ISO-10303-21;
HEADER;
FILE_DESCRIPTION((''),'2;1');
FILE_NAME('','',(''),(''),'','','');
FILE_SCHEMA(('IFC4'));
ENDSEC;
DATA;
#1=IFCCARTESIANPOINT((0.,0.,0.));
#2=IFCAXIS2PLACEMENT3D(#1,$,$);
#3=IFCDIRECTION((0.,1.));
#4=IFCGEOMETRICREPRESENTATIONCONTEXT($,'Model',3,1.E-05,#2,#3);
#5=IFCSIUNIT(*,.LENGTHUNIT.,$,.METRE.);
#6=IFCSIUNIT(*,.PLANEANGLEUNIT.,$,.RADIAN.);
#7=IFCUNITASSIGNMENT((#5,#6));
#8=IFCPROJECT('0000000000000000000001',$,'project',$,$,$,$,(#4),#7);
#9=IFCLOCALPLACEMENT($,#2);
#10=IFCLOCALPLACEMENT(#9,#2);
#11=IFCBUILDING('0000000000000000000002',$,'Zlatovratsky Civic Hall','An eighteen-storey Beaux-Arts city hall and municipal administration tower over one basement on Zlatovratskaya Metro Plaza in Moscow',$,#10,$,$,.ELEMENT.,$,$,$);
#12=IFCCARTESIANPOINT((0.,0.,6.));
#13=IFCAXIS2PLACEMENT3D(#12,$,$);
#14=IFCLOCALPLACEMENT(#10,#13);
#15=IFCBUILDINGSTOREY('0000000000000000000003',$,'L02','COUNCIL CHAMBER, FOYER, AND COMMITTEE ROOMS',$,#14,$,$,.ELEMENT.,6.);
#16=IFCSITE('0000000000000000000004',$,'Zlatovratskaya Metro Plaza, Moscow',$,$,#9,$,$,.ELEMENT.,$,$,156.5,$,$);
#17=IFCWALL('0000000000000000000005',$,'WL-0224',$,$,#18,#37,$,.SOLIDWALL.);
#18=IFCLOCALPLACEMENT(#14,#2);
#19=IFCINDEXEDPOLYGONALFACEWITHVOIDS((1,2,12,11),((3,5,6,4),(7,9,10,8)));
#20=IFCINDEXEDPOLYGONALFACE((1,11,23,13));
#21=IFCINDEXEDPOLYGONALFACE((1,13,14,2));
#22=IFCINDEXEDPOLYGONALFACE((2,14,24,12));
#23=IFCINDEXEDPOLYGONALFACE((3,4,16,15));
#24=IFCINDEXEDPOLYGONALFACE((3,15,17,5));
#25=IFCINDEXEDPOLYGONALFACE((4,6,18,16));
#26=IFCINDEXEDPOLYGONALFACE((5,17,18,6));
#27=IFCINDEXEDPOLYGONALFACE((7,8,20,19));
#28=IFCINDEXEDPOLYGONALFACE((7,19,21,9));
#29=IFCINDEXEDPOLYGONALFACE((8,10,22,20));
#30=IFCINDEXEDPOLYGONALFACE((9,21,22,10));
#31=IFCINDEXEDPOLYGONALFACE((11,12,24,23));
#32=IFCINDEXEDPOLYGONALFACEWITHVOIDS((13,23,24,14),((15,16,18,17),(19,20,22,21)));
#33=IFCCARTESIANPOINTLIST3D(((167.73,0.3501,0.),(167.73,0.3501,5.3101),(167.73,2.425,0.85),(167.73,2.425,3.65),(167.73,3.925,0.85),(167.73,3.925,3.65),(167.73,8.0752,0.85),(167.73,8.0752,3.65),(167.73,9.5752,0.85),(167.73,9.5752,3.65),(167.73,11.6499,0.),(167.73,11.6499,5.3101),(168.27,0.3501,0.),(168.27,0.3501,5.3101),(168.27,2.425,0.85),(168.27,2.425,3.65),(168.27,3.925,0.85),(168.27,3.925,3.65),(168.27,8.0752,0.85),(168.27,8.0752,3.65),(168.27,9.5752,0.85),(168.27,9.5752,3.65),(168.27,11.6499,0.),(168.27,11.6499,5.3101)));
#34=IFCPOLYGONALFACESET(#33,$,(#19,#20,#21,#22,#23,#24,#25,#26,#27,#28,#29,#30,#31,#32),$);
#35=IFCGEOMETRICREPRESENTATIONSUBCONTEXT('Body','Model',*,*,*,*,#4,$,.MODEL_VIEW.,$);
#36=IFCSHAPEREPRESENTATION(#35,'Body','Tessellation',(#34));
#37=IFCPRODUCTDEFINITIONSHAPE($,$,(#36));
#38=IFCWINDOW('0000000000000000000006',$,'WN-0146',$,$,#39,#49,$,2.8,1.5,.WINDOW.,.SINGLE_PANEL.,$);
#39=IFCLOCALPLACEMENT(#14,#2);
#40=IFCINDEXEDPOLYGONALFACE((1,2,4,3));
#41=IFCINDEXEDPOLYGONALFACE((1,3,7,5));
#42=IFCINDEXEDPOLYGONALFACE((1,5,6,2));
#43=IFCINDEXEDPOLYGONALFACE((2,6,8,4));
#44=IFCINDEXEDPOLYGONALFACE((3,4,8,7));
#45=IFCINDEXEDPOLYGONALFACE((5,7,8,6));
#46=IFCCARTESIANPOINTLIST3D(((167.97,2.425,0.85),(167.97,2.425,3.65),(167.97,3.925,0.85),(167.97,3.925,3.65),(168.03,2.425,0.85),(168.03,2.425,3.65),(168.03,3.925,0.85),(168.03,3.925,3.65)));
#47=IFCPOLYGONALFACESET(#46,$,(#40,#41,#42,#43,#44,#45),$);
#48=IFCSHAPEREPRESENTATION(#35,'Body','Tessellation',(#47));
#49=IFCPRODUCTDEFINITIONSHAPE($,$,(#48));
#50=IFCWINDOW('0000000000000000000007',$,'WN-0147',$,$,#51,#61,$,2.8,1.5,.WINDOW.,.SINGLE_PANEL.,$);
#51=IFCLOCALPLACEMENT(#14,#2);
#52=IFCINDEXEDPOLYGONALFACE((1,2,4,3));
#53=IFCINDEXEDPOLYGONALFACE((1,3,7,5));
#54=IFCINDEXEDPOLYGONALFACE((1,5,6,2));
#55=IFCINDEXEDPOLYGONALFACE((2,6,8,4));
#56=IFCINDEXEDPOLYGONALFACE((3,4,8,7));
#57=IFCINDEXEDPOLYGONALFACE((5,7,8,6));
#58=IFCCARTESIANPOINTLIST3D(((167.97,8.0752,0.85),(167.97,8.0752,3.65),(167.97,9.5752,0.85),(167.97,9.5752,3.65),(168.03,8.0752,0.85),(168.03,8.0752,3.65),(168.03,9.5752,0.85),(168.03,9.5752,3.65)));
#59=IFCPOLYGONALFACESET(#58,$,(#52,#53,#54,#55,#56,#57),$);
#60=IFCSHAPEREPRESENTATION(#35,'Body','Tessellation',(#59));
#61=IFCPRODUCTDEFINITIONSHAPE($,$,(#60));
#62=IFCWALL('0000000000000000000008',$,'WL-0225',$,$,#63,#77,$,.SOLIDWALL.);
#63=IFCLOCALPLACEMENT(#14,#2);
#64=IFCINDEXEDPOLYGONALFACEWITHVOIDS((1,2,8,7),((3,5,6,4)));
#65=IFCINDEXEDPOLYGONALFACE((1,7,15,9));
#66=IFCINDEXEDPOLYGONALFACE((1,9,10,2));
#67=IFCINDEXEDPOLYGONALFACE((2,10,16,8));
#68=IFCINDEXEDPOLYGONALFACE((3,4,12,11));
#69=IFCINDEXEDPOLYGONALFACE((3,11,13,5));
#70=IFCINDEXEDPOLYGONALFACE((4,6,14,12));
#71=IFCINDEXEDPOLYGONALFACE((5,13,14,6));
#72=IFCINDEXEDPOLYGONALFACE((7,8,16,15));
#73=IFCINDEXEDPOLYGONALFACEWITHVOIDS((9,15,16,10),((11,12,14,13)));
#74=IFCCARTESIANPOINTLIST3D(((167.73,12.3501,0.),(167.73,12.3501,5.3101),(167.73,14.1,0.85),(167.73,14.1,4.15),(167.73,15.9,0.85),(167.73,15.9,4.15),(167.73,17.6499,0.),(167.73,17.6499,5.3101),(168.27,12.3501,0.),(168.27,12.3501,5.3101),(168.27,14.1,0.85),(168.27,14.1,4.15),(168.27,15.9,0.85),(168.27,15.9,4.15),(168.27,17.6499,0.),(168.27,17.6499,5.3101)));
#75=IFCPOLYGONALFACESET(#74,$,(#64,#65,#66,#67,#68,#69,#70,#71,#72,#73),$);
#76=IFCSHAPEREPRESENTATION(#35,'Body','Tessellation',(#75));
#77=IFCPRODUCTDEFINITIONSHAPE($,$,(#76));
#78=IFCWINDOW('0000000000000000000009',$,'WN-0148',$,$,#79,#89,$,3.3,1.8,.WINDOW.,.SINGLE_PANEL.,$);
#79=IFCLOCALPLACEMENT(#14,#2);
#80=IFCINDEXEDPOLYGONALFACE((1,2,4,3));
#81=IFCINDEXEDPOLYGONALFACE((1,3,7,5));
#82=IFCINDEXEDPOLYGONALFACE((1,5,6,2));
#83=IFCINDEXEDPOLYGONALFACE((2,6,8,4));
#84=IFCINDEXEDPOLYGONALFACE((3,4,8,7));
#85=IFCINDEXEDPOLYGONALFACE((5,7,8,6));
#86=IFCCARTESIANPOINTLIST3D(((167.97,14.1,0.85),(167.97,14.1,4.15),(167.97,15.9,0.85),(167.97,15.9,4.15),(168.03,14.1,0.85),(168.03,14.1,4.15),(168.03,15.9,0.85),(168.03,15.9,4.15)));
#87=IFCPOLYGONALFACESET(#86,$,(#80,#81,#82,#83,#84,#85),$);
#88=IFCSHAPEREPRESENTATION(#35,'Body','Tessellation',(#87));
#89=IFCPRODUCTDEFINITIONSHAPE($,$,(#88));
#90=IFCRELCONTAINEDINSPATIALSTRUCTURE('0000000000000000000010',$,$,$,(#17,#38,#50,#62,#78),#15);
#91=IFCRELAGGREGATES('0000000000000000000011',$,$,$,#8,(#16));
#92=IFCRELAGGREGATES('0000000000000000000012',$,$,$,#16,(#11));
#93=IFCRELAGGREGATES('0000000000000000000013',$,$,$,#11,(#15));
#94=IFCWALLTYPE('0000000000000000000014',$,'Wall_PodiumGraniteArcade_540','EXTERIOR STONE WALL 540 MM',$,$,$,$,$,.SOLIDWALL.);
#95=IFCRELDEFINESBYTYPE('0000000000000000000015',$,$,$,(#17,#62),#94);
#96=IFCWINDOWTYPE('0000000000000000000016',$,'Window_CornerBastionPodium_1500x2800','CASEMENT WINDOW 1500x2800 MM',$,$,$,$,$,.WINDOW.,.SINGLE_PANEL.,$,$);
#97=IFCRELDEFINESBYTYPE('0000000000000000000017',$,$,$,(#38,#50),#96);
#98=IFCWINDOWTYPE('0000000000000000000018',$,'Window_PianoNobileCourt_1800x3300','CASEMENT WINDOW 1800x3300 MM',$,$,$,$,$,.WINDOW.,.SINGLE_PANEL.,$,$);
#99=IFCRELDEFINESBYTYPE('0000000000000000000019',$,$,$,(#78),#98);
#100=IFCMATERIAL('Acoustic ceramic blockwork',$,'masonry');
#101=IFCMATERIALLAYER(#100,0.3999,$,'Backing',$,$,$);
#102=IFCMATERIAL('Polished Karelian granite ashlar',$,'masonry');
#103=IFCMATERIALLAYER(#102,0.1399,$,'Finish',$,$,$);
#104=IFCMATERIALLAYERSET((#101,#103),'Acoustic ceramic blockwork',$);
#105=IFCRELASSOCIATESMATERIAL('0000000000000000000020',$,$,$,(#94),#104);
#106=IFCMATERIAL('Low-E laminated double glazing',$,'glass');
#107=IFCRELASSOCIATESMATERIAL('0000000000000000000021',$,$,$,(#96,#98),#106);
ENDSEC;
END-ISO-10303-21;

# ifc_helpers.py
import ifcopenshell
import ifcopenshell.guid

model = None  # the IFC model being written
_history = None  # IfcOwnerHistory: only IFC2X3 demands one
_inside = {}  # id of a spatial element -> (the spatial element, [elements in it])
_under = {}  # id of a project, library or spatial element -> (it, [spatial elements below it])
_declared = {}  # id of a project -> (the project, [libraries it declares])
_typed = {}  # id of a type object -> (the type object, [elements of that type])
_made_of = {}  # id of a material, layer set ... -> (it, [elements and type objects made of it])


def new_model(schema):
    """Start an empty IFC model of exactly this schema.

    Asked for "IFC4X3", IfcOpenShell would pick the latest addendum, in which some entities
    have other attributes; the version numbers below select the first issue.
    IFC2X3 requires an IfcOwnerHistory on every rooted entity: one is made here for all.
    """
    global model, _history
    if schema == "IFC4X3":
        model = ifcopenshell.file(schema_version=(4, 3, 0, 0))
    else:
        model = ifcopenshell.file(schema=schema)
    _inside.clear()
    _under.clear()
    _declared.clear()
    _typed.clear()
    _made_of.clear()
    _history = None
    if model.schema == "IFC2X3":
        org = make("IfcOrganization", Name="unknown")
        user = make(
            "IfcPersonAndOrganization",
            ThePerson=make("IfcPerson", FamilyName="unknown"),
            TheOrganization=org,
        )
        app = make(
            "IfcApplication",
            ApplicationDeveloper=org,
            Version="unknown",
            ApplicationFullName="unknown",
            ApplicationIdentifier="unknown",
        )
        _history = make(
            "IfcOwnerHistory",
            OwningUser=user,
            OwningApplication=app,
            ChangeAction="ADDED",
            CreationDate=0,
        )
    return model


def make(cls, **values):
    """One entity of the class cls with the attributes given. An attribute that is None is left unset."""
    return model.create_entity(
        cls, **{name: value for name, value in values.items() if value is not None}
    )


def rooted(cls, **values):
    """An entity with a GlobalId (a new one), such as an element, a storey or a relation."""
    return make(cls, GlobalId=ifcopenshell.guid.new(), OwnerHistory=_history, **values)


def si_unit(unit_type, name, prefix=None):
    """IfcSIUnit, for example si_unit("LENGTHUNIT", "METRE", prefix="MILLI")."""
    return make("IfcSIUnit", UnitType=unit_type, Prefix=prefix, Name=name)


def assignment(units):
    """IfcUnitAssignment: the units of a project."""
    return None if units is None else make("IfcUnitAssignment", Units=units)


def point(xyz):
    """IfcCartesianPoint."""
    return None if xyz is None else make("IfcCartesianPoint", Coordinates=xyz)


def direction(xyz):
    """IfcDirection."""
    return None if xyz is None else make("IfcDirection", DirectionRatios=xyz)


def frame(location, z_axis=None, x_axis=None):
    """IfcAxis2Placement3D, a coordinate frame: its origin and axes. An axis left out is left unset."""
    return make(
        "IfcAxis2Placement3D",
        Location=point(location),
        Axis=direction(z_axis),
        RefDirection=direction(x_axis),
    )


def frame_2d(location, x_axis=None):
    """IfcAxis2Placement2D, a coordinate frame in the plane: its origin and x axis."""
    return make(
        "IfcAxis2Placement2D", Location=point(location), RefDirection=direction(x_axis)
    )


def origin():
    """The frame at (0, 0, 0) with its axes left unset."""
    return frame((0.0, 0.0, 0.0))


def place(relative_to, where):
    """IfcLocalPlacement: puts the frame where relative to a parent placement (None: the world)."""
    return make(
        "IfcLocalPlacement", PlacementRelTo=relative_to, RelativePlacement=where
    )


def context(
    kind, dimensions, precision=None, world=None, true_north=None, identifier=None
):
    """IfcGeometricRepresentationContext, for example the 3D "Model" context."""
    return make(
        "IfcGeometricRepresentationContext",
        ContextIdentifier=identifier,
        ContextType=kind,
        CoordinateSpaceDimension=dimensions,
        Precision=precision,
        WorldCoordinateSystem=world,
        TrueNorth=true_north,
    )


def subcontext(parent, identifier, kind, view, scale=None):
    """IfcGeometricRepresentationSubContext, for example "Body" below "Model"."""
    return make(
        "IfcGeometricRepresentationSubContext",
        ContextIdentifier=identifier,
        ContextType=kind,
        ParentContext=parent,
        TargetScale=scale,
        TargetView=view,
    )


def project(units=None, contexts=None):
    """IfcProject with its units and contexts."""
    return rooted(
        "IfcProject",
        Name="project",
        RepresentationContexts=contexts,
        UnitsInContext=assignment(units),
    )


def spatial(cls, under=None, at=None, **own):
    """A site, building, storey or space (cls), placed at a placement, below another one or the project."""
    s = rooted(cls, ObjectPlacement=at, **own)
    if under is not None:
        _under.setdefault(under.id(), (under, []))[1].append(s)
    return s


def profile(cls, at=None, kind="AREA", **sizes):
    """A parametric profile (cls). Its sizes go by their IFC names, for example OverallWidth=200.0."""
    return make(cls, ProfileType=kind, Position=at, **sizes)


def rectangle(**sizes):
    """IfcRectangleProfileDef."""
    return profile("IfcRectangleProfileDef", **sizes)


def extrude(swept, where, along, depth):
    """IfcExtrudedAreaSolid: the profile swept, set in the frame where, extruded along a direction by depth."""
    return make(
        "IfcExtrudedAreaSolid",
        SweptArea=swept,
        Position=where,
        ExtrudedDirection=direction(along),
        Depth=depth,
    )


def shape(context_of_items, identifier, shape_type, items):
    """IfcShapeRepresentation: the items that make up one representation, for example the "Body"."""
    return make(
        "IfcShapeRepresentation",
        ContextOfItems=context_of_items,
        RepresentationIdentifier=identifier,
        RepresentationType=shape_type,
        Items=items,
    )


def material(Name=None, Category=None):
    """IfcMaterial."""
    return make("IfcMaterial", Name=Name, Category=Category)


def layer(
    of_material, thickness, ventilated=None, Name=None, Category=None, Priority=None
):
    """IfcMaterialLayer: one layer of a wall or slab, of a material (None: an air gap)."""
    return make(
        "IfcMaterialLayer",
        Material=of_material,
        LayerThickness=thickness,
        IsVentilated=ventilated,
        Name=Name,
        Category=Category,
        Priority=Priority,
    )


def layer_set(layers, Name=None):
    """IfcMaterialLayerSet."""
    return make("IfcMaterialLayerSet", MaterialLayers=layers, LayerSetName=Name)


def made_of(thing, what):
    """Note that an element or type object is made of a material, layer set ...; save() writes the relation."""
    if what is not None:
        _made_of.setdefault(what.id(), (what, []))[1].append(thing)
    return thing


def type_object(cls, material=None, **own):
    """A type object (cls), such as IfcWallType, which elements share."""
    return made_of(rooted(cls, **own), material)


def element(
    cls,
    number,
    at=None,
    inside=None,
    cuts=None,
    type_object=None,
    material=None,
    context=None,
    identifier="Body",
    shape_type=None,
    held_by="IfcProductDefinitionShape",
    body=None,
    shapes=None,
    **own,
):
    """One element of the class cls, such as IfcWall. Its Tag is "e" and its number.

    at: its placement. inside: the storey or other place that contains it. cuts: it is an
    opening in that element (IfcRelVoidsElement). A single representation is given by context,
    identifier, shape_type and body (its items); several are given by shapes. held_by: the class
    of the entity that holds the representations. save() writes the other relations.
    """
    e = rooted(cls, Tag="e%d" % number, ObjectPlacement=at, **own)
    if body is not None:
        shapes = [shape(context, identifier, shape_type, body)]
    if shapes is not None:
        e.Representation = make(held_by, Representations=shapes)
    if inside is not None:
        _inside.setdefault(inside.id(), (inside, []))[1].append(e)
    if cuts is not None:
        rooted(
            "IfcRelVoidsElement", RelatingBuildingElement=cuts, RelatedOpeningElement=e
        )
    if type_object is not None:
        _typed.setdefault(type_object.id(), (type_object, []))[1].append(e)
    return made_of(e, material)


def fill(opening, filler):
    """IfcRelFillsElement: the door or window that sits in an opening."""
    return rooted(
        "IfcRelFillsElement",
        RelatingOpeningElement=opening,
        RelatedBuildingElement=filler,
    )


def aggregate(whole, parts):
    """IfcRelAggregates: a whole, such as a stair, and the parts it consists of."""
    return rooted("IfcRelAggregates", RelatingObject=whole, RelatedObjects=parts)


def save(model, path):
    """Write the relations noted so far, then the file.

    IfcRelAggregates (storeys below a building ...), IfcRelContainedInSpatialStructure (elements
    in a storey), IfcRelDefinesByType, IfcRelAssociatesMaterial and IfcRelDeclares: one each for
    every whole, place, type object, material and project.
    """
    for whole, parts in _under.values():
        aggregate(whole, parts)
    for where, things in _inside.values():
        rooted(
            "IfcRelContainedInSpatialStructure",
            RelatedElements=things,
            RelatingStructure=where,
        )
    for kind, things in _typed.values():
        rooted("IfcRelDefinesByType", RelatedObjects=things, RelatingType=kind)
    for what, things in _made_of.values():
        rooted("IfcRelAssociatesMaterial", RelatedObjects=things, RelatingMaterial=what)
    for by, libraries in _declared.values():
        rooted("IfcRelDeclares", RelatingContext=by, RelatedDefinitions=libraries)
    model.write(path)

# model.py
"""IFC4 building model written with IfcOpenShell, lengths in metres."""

from ifc_helpers import new_model, si_unit, direction, frame, frame_2d, origin, place, context, subcontext, project, spatial, rectangle, extrude, material, layer, layer_set, type_object, element, fill, save


model = new_model("IFC4")

# Units and contexts
model_context = context("Model", 3, precision=1e-05, world=origin(), true_north=direction((0.0, 1.0)))
body_context = subcontext(model_context, "Body", "Model", "MODEL_VIEW")
ifc_project = project(units=[si_unit("LENGTHUNIT", "METRE"), si_unit("PLANEANGLEUNIT", "RADIAN")], contexts=[model_context])

# Site, building, storey
site_placement = place(None, origin())
site = spatial("IfcSite", under=ifc_project, at=site_placement, Name="Zlatovratskaya Metro Plaza, Moscow", CompositionType="ELEMENT", RefElevation=156.5)
building_placement = place(site_placement, origin())
building = spatial("IfcBuilding", under=site, at=building_placement, Name="Zlatovratsky Civic Hall", Description="An eighteen-storey Beaux-Arts city hall and municipal administration tower over one basement on Zlatovratskaya Metro Plaza in Moscow", CompositionType="ELEMENT")
storey_placement = place(building_placement, frame((0.0, 0.0, 6.0)))
storey = spatial("IfcBuildingStorey", under=building, at=storey_placement, Name="L02", Description="COUNCIL CHAMBER, FOYER, AND COMMITTEE ROOMS", CompositionType="ELEMENT", Elevation=6.0)

# Wall, openings, windows
ifc_material_1 = material(Name="Acoustic ceramic blockwork", Category="masonry")
ifc_layer_1 = layer(ifc_material_1, 0.3999, Name="Backing")
ifc_material_2 = material(Name="Polished Karelian granite ashlar", Category="masonry")
ifc_layer_2 = layer(ifc_material_2, 0.1399, Name="Finish")
ifc_layer_set = layer_set([ifc_layer_1, ifc_layer_2], Name="Acoustic ceramic blockwork")
wall_type = type_object("IfcWallType", Name="Wall_PodiumGraniteArcade_540", Description="EXTERIOR STONE WALL 540 MM", PredefinedType="SOLIDWALL", material=ifc_layer_set)
ifc_material_3 = material(Name="Low-E laminated double glazing", Category="glass")
window_type_1 = type_object("IfcWindowType", Name="Window_CornerBastionPodium_1500x2800", Description="CASEMENT WINDOW 1500x2800 MM", PartitioningType="SINGLE_PANEL", PredefinedType="WINDOW", material=ifc_material_3)
wall_1_placement = place(storey_placement, frame((168.0, 0.3501, 0.0), z_axis=(0.0, 0.0, 1.0), x_axis=(0.0, 1.0, 0.0)))
wall_1 = element("IfcWall", 1, at=wall_1_placement, inside=storey, type_object=wall_type, Name="WL-0224", PredefinedType="SOLIDWALL", context=body_context, shape_type="SweptSolid", body=[
    extrude(rectangle(XDim=11.2998, YDim=0.54, at=frame_2d((5.6499, 0.0))), origin(), (0.0, 0.0, 1.0), 5.3101),
])
opening_1_placement = place(wall_1_placement, frame((2.075, 0.0, 0.8501)))
opening_1 = element("IfcOpeningElement", 2, at=opening_1_placement, cuts=wall_1, PredefinedType="OPENING", context=body_context, shape_type="SweptSolid", body=[
    extrude(rectangle(XDim=1.5, YDim=2.8, at=frame_2d((0.75, 1.3999))), frame((0.0, 0.2849, 0.0), z_axis=(0.0, -1.0, 0.0), x_axis=(1.0, 0.0, 0.0)), (0.0, 0.0, 1.0), 0.5698),
])
opening_2_placement = place(wall_1_placement, frame((7.7251, 0.0, 0.8501)))
opening_2 = element("IfcOpeningElement", 3, at=opening_2_placement, cuts=wall_1, PredefinedType="OPENING", context=body_context, shape_type="SweptSolid", body=[
    extrude(rectangle(XDim=1.5, YDim=2.8, at=frame_2d((0.75, 1.3999))), frame((0.0, 0.2849, 0.0), z_axis=(0.0, -1.0, 0.0), x_axis=(1.0, 0.0, 0.0)), (0.0, 0.0, 1.0), 0.5698),
])
window_1_placement = place(opening_1_placement, origin())
window_1 = element("IfcWindow", 4, at=window_1_placement, inside=storey, type_object=window_type_1, Name="WN-0146", OverallHeight=2.8, OverallWidth=1.5, PartitioningType="SINGLE_PANEL", PredefinedType="WINDOW", context=body_context, shape_type="SweptSolid", body=[
    extrude(rectangle(XDim=1.5, YDim=2.8, at=frame_2d((0.75, 1.3999))), frame((0.0, 0.03, 0.0), z_axis=(0.0, -1.0, 0.0), x_axis=(1.0, 0.0, 0.0)), (0.0, 0.0, 1.0), 0.0601),
])
fill(opening_1, window_1)
window_2_placement = place(opening_2_placement, origin())
window_2 = element("IfcWindow", 5, at=window_2_placement, inside=storey, type_object=window_type_1, Name="WN-0147", OverallHeight=2.8, OverallWidth=1.5, PartitioningType="SINGLE_PANEL", PredefinedType="WINDOW", context=body_context, shape_type="SweptSolid", body=[
    extrude(rectangle(XDim=1.5, YDim=2.8, at=frame_2d((0.75, 1.3999))), frame((0.0, 0.03, 0.0), z_axis=(0.0, -1.0, 0.0), x_axis=(1.0, 0.0, 0.0)), (0.0, 0.0, 1.0), 0.0601),
])
fill(opening_2, window_2)

# Wall, opening, window
wall_2_placement = place(storey_placement, frame((168.0, 12.3501, 0.0), z_axis=(0.0, 0.0, 1.0), x_axis=(0.0, 1.0, 0.0)))
wall_2 = element("IfcWall", 6, at=wall_2_placement, inside=storey, type_object=wall_type, Name="WL-0225", PredefinedType="SOLIDWALL", context=body_context, shape_type="SweptSolid", body=[
    extrude(rectangle(XDim=5.2998, YDim=0.54, at=frame_2d((2.6499, 0.0))), origin(), (0.0, 0.0, 1.0), 5.3101),
])
opening_3_placement = place(wall_2_placement, frame((1.75, 0.0, 0.8501)))
opening_3 = element("IfcOpeningElement", 7, at=opening_3_placement, cuts=wall_2, PredefinedType="OPENING", context=body_context, shape_type="SweptSolid", body=[
    extrude(rectangle(XDim=1.8, YDim=3.3, at=frame_2d((0.8999, 1.6499))), frame((0.0, 0.2849, 0.0), z_axis=(0.0, -1.0, 0.0), x_axis=(1.0, 0.0, 0.0)), (0.0, 0.0, 1.0), 0.5698),
])
window_type_2 = type_object("IfcWindowType", Name="Window_PianoNobileCourt_1800x3300", Description="CASEMENT WINDOW 1800x3300 MM", PartitioningType="SINGLE_PANEL", PredefinedType="WINDOW", material=ifc_material_3)
window_3_placement = place(opening_3_placement, origin())
window_3 = element("IfcWindow", 8, at=window_3_placement, inside=storey, type_object=window_type_2, Name="WN-0148", OverallHeight=3.3, OverallWidth=1.8, PartitioningType="SINGLE_PANEL", PredefinedType="WINDOW", context=body_context, shape_type="SweptSolid", body=[
    extrude(rectangle(XDim=1.8, YDim=3.3, at=frame_2d((0.8999, 1.6499))), frame((0.0, 0.03, 0.0), z_axis=(0.0, -1.0, 0.0), x_axis=(1.0, 0.0, 0.0)), (0.0, 0.0, 1.0), 0.0601),
])
fill(opening_3, window_3)

save(model, "model.ifc")
